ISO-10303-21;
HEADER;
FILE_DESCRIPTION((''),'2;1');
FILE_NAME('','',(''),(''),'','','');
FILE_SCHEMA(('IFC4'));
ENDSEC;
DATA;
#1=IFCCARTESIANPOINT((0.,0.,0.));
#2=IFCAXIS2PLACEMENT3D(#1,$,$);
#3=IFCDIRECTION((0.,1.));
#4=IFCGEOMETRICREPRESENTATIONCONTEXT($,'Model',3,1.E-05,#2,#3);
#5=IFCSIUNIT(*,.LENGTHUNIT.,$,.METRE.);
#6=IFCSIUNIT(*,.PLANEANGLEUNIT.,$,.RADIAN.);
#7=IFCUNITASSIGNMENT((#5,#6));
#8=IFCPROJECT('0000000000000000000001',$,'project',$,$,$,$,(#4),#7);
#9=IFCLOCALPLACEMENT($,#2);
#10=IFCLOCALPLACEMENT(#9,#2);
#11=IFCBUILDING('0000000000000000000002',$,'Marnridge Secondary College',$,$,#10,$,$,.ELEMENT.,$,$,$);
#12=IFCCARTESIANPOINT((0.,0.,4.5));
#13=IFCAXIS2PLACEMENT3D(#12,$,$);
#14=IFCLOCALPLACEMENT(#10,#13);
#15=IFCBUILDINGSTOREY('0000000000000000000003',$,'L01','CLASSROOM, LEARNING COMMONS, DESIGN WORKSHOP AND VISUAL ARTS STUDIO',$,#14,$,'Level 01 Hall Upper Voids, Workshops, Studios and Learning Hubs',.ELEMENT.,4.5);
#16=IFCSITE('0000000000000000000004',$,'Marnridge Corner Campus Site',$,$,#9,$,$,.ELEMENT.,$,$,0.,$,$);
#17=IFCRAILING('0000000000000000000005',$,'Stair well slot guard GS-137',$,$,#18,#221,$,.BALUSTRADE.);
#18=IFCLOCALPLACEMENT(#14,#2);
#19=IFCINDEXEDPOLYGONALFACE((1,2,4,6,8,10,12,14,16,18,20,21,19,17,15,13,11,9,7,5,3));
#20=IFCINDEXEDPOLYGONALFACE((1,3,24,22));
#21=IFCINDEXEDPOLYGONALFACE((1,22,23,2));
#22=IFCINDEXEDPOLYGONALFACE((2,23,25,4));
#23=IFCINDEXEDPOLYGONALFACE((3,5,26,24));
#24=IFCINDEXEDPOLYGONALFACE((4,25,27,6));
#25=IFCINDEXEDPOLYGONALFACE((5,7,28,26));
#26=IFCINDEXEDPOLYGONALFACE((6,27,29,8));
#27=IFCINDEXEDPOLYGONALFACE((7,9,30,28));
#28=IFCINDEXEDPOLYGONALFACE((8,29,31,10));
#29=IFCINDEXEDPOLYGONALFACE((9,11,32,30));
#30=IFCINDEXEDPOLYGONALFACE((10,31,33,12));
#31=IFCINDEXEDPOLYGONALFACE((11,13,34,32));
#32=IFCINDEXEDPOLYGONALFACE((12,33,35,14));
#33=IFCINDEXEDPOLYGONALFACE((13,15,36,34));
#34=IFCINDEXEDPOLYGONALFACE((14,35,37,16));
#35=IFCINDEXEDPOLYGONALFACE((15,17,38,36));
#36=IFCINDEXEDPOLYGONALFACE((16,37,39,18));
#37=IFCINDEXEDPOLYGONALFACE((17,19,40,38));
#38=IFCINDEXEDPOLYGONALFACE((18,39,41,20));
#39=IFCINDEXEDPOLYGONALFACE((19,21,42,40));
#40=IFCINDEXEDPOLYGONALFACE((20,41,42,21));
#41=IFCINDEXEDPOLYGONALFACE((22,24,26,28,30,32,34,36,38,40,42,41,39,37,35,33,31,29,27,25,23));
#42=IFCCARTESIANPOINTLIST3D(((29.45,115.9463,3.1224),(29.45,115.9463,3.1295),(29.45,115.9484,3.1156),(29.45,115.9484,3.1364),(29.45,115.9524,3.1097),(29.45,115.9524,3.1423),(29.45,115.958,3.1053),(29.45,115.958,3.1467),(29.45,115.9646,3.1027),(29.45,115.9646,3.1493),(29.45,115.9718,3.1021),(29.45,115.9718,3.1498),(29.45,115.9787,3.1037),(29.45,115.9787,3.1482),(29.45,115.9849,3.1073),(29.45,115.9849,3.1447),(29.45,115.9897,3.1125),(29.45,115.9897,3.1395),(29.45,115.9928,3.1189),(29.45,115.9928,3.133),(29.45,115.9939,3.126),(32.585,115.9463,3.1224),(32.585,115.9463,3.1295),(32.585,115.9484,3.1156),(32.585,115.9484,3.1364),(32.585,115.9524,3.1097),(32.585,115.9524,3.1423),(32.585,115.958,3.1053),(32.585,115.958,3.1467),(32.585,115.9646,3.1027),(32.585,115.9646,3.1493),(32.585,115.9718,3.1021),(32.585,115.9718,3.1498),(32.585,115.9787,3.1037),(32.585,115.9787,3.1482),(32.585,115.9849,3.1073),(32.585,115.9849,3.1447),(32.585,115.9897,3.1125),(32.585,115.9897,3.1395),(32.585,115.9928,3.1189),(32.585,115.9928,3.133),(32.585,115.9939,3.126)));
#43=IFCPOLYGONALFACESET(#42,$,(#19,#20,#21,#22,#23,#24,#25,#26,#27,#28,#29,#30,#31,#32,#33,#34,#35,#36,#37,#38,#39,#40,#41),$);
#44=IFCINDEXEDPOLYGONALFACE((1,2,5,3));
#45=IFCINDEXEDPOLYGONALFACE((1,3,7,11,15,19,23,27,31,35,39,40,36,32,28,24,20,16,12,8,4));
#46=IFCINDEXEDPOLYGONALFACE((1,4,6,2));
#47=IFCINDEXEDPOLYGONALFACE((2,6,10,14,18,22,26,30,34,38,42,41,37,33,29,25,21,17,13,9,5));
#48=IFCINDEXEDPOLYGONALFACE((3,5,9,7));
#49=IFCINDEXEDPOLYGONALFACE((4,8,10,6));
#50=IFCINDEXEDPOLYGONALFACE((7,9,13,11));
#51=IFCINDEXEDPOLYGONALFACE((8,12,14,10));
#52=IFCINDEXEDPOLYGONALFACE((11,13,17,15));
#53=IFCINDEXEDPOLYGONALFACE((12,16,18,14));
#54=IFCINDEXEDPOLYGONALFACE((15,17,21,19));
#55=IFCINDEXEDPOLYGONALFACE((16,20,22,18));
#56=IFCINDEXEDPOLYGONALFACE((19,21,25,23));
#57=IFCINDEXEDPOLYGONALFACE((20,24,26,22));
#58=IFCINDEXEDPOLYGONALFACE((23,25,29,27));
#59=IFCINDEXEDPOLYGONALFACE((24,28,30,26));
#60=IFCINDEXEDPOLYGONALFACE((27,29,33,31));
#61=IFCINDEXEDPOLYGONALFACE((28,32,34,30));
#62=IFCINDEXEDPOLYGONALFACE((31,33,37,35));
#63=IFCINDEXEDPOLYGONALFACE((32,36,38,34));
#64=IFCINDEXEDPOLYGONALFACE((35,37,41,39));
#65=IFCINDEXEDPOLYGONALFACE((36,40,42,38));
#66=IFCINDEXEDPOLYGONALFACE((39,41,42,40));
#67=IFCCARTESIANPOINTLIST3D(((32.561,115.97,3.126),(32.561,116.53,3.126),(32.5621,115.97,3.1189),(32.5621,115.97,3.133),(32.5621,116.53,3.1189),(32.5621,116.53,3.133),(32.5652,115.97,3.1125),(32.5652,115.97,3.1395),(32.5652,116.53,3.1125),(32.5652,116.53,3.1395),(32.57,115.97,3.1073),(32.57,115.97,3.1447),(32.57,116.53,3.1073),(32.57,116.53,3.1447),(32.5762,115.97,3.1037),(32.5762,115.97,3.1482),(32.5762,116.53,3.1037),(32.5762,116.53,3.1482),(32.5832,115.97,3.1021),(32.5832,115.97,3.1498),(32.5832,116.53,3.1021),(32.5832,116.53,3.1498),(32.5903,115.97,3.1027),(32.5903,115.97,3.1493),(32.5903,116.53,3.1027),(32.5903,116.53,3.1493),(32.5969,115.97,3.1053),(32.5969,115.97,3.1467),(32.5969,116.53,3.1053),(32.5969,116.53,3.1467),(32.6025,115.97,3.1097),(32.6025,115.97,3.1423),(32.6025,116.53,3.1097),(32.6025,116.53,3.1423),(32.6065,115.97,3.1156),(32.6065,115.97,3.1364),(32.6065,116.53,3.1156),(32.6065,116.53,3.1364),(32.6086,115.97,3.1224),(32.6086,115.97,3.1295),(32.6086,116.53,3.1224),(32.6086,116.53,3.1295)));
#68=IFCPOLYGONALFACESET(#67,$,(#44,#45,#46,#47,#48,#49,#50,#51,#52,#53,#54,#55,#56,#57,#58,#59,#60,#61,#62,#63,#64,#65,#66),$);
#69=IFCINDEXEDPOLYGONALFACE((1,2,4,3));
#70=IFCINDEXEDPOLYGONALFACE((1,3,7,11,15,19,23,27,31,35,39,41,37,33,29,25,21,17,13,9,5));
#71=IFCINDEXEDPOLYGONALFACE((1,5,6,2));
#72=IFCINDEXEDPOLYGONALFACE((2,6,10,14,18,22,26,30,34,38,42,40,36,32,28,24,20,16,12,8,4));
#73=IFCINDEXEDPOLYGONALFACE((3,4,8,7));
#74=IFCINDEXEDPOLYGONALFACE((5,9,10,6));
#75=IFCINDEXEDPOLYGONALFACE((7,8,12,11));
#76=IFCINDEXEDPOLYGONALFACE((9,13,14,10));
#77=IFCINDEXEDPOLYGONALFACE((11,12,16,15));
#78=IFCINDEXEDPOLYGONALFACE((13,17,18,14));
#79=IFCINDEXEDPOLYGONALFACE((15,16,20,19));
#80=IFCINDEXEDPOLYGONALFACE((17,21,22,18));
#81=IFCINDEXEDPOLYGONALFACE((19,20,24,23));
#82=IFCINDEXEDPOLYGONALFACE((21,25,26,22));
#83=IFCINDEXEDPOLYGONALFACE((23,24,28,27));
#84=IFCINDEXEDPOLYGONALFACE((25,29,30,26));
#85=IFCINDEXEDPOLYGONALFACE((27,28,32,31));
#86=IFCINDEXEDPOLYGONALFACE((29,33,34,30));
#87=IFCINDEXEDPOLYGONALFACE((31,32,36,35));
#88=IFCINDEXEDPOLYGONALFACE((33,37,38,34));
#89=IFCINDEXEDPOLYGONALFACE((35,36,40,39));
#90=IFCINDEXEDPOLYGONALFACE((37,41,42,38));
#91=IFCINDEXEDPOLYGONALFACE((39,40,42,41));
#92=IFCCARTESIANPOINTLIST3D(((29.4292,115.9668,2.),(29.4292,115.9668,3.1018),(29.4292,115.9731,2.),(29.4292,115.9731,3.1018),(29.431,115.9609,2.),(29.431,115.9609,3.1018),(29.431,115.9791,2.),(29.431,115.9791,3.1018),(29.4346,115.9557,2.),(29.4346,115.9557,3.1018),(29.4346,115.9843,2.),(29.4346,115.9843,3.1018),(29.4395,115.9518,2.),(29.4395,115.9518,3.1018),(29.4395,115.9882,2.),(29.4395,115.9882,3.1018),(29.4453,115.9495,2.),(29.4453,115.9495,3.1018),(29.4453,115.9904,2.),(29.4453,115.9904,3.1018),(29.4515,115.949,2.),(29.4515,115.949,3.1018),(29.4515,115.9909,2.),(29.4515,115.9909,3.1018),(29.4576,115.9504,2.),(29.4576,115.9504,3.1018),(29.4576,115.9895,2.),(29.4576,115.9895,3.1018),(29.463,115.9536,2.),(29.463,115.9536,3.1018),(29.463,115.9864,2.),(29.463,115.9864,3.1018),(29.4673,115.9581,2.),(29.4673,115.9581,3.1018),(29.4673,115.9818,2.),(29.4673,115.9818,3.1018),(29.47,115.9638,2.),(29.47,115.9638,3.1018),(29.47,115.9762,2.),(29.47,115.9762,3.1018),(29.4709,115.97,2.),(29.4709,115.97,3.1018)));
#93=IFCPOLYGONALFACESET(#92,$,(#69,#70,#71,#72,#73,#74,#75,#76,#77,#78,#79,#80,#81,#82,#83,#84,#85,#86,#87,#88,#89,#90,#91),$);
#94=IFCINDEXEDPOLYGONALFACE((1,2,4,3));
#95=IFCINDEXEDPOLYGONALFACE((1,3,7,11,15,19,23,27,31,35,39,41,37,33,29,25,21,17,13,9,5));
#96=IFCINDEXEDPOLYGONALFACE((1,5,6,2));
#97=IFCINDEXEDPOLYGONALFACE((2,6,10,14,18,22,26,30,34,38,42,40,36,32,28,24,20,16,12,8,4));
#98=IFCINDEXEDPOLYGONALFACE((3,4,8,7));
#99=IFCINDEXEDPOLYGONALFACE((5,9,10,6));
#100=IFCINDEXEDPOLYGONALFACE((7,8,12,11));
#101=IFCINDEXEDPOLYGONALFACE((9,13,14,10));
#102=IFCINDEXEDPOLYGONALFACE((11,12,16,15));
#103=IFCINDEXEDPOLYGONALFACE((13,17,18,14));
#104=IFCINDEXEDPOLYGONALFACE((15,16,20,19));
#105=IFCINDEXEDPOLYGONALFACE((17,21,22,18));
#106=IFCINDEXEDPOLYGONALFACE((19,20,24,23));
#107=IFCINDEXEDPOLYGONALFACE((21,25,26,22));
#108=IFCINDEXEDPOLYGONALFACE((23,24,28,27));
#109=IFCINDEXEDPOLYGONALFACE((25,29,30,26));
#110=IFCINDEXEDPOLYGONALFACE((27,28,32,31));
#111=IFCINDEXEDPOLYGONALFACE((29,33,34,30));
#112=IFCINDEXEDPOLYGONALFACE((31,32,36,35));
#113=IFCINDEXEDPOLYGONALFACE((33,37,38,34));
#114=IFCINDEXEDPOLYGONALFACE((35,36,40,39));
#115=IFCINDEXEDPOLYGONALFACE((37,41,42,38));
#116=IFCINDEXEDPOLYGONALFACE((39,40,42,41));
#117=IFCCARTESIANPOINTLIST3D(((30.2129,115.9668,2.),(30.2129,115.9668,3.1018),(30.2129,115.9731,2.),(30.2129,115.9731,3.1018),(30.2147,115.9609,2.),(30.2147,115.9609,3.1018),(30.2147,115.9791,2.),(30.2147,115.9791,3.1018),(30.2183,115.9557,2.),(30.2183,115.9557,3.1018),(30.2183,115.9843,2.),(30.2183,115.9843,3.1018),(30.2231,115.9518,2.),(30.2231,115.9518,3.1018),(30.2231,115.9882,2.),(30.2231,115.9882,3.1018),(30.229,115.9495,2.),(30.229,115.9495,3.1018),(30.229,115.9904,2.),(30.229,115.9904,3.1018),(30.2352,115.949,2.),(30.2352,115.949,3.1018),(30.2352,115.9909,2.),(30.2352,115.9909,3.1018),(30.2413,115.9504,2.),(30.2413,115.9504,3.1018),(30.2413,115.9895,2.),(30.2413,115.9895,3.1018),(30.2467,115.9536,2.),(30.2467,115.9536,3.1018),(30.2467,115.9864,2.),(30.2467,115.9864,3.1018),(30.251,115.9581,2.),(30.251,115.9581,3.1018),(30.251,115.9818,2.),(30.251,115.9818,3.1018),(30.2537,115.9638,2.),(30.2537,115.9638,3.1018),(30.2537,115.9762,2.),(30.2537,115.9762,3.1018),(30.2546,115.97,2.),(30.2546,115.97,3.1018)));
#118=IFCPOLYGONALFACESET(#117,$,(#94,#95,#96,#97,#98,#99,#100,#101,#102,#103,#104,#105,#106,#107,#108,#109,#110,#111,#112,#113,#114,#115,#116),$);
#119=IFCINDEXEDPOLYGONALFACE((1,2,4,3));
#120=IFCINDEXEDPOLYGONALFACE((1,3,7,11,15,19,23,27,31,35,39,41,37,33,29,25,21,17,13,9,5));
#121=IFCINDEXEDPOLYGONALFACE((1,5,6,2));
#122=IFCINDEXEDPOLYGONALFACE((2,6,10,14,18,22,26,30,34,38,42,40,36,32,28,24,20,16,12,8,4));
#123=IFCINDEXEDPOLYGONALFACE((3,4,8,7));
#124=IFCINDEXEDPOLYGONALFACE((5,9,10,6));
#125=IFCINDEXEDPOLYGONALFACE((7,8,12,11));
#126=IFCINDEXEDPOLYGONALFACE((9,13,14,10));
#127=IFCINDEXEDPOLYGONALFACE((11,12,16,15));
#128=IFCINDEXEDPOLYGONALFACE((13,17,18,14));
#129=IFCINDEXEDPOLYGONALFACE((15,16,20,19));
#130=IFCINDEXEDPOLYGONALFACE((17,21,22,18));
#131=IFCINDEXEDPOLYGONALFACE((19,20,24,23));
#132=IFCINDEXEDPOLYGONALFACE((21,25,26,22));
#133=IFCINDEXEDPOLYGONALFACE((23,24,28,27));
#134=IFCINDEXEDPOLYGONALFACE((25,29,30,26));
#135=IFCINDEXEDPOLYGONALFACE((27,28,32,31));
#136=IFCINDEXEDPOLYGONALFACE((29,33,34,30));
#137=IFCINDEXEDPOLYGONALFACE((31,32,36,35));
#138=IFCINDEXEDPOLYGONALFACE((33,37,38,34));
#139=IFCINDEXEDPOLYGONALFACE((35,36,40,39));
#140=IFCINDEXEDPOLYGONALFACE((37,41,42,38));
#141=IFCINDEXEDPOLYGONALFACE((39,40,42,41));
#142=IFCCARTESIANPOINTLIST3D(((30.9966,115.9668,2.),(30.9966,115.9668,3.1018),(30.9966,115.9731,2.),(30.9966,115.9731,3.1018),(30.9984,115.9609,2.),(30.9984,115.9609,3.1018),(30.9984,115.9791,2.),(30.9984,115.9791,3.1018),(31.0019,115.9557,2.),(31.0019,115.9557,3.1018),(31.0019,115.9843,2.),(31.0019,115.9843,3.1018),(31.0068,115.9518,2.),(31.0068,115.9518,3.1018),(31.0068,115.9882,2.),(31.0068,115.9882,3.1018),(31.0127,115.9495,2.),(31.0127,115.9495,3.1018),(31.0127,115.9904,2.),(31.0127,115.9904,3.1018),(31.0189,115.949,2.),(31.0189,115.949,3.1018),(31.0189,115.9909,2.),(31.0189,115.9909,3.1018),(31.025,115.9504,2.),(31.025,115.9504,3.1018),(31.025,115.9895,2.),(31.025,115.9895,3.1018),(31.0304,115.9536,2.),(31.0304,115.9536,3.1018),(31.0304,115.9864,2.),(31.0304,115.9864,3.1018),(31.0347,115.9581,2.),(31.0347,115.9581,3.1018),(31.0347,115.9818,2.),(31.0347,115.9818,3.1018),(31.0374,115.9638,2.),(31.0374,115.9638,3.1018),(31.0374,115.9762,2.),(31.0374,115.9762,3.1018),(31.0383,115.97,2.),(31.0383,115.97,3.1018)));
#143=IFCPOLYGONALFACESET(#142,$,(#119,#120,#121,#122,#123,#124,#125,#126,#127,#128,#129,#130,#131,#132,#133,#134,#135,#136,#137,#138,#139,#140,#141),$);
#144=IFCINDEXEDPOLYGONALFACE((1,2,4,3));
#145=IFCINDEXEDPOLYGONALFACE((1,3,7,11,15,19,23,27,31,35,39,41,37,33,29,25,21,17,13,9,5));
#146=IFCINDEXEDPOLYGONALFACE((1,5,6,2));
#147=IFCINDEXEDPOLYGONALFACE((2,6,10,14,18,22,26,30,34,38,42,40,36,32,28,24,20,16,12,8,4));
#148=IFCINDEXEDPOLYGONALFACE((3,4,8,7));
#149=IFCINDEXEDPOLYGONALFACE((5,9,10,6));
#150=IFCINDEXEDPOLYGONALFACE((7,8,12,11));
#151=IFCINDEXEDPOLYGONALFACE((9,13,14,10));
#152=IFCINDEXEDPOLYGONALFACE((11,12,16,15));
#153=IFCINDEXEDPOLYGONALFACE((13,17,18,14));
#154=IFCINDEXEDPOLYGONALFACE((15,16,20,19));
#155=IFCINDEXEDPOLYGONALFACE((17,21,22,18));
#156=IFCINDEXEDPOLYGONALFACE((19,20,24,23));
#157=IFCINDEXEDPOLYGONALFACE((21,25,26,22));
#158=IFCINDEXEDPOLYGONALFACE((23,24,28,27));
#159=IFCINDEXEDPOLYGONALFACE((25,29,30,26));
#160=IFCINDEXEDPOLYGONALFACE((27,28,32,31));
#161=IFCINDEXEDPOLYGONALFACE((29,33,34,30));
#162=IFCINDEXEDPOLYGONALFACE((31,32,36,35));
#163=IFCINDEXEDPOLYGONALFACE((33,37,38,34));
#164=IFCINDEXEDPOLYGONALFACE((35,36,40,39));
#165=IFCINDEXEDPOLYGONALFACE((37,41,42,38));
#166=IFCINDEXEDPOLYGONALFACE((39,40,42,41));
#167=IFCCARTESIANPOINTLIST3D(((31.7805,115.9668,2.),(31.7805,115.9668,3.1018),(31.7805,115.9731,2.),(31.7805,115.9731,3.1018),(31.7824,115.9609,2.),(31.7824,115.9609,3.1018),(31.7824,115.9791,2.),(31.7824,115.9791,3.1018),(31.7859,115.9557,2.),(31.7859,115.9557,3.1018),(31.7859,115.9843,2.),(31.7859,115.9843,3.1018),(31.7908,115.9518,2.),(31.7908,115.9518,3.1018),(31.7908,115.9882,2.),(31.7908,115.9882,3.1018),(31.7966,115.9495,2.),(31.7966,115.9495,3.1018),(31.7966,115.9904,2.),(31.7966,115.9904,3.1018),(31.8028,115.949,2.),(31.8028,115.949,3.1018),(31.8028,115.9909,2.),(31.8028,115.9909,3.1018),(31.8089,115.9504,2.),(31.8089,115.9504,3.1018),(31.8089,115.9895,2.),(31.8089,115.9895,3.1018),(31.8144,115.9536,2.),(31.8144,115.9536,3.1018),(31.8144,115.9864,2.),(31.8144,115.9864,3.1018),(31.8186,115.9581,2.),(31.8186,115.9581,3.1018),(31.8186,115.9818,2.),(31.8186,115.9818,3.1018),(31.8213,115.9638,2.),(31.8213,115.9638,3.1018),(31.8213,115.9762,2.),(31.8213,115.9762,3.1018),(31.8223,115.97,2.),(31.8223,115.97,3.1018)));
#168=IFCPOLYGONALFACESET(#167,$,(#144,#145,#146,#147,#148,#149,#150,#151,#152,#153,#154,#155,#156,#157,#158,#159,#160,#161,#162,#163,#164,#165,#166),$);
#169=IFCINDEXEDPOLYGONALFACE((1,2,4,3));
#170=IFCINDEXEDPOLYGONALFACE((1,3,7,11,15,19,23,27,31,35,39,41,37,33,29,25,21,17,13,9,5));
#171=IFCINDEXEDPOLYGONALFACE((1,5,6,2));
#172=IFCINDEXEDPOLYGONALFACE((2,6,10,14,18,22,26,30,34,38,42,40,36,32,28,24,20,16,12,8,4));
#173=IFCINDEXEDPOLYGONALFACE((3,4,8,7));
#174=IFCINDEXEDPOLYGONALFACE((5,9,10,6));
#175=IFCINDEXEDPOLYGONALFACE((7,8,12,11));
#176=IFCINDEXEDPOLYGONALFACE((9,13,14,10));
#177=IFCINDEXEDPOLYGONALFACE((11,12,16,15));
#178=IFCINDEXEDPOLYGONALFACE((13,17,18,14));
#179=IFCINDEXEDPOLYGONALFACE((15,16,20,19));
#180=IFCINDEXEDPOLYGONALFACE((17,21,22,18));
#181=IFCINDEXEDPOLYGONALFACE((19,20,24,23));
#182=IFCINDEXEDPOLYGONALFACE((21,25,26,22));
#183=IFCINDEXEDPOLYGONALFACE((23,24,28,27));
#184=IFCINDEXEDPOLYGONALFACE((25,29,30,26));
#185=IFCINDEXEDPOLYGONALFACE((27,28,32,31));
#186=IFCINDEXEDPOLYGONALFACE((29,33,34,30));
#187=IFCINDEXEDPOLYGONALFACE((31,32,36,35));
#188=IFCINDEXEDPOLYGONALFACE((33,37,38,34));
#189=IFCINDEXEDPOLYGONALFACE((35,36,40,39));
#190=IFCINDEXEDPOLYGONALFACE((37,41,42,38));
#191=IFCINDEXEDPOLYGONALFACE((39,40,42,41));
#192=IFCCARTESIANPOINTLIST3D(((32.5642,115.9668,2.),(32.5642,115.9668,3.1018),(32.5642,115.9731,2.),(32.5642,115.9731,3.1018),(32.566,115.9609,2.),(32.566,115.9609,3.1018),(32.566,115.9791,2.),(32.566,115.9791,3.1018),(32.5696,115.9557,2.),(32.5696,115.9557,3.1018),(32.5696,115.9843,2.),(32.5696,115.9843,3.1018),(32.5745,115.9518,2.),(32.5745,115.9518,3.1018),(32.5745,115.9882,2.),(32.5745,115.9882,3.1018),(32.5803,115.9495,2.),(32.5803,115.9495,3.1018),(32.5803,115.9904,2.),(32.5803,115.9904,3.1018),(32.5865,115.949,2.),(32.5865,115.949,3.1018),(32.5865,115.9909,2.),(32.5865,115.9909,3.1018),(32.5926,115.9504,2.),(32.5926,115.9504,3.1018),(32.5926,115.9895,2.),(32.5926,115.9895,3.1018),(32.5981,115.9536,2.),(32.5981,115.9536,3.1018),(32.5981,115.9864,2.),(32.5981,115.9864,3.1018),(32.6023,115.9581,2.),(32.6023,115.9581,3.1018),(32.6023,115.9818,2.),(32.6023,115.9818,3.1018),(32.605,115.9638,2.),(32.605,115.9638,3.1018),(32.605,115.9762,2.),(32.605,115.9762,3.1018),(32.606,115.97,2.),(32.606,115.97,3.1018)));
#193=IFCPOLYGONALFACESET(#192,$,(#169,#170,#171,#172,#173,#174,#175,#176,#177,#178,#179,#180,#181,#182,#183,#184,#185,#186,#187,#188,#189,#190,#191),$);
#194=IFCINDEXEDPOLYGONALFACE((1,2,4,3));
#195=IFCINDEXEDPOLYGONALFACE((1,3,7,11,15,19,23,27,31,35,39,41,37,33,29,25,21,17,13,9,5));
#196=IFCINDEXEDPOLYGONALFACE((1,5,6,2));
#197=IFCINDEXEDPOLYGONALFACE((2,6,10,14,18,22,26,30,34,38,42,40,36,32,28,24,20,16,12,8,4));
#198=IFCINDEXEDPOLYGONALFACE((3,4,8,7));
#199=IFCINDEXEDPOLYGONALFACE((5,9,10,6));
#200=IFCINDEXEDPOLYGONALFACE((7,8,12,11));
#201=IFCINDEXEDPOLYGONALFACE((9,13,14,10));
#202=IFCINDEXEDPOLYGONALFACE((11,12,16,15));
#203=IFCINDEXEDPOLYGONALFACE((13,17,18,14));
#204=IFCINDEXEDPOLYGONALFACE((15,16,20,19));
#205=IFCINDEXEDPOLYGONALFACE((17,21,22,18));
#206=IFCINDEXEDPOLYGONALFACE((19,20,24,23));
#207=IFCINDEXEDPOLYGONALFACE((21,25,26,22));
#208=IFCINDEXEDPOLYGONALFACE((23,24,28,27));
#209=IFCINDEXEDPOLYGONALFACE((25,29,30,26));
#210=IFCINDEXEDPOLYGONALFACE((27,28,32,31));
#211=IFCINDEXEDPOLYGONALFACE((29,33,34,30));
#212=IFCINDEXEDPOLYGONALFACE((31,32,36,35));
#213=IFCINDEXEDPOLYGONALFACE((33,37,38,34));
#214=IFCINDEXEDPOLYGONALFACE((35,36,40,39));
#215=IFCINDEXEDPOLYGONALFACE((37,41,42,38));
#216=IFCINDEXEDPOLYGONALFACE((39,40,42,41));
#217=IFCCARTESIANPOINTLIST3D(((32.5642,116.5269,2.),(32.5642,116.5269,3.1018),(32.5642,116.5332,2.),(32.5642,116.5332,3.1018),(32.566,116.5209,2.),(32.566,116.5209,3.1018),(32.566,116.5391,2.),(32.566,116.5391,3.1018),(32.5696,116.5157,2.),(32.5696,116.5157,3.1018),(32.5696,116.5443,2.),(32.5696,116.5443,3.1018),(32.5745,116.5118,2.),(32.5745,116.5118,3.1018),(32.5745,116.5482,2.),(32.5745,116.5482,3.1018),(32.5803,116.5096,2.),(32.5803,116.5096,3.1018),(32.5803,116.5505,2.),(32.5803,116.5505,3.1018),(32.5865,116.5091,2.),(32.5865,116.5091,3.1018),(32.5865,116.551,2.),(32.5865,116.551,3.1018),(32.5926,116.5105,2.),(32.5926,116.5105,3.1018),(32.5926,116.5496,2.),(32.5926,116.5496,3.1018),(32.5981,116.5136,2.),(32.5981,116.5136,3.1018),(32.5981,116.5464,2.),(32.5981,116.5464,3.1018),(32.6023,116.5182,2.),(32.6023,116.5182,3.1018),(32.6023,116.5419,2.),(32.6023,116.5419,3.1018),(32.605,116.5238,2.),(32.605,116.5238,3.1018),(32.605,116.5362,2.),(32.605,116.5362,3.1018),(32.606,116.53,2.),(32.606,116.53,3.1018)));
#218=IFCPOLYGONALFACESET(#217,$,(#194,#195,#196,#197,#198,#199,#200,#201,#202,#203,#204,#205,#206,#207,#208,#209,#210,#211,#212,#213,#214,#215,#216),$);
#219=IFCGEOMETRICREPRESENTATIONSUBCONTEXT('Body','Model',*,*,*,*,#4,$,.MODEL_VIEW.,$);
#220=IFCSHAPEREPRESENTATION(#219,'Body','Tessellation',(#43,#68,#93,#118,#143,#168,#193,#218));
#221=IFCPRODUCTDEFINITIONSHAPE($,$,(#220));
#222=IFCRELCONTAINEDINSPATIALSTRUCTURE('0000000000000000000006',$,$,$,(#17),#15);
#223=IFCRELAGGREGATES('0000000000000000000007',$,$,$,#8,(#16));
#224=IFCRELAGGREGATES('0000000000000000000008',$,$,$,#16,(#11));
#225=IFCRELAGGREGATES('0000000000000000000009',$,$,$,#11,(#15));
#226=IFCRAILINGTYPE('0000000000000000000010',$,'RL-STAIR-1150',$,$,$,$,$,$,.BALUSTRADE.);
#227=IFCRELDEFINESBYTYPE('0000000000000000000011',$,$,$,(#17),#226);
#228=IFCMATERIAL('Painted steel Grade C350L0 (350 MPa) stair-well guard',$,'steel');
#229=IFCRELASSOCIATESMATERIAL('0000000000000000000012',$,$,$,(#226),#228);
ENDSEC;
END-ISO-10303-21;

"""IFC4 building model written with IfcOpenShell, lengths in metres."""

from ifc_helpers import new_model, si_unit, direction, frame, origin, origin_2d, place, context, subcontext, project, spatial, circle, extrude, material, type_object, element, save


model = new_model("IFC4")

# Units and contexts
model_context = context("Model", 3, precision=1e-05, world=origin(), true_north=direction((0.0, 1.0)))
body_context = subcontext(model_context, "Body", "Model", "MODEL_VIEW")
ifc_project = project(units=[si_unit("LENGTHUNIT", "METRE"), si_unit("PLANEANGLEUNIT", "RADIAN")], contexts=[model_context])

# Site, building, storey
site_placement = place(None, origin())
site = spatial("IfcSite", under=ifc_project, at=site_placement, Name="Marnridge Corner Campus Site", CompositionType="ELEMENT", RefElevation=0.0)
building_placement = place(site_placement, origin())
building = spatial("IfcBuilding", under=site, at=building_placement, Name="Marnridge Secondary College", CompositionType="ELEMENT")
storey_placement = place(building_placement, frame((0.0, 0.0, 4.5)))
storey = spatial("IfcBuildingStorey", under=building, at=storey_placement, Name="L01", Description="CLASSROOM, LEARNING COMMONS, DESIGN WORKSHOP AND VISUAL ARTS STUDIO", LongName="Level 01 Hall Upper Voids, Workshops, Studios and Learning Hubs", CompositionType="ELEMENT", Elevation=4.5)

# Railing
ifc_material_1 = material(Name="Painted steel Grade C350L0 (350 MPa) stair-well guard", Category="steel")
railing_type_1 = type_object("IfcRailingType", Name="RL-STAIR-1150", PredefinedType="BALUSTRADE", material=ifc_material_1)
railing_1_placement = place(storey_placement, frame((29.45, 115.97, 2.0)))
element("IfcRailing", 1, at=railing_1_placement, inside=storey, type_object=railing_type_1, Name="Stair well slot guard GS-137", PredefinedType="BALUSTRADE", context=body_context, shape_type="SweptSolid", body=[
    extrude(circle(Radius=0.0239, at=origin_2d()), frame((0.0, 0.0, 1.126), z_axis=(1.0, 0.0, 0.0), x_axis=(0.0, 1.0, 0.0)), (0.0, 0.0, 1.0), 3.135),
    extrude(circle(Radius=0.0239, at=origin_2d()), frame((3.135, 0.0, 1.126), z_axis=(0.0, 1.0, 0.0), x_axis=(-1.0, 0.0, 0.0)), (0.0, 0.0, 1.0), 0.5601),
    extrude(circle(Radius=0.021, at=origin_2d()), origin(), (0.0, 0.0, 1.0), 1.1018),
    extrude(circle(Radius=0.021, at=origin_2d()), frame((0.7837, 0.0, 0.0)), (0.0, 0.0, 1.0), 1.1018),
    extrude(circle(Radius=0.021, at=origin_2d()), frame((1.5674, 0.0, 0.0)), (0.0, 0.0, 1.0), 1.1018),
    extrude(circle(Radius=0.021, at=origin_2d()), frame((2.3513, 0.0, 0.0)), (0.0, 0.0, 1.0), 1.1018),
    extrude(circle(Radius=0.021, at=origin_2d()), frame((3.135, 0.0, 0.0)), (0.0, 0.0, 1.0), 1.1018),
    extrude(circle(Radius=0.021, at=origin_2d()), frame((3.135, 0.5601, 0.0)), (0.0, 0.0, 1.0), 1.1018),
])

save(model, "model.ifc")
